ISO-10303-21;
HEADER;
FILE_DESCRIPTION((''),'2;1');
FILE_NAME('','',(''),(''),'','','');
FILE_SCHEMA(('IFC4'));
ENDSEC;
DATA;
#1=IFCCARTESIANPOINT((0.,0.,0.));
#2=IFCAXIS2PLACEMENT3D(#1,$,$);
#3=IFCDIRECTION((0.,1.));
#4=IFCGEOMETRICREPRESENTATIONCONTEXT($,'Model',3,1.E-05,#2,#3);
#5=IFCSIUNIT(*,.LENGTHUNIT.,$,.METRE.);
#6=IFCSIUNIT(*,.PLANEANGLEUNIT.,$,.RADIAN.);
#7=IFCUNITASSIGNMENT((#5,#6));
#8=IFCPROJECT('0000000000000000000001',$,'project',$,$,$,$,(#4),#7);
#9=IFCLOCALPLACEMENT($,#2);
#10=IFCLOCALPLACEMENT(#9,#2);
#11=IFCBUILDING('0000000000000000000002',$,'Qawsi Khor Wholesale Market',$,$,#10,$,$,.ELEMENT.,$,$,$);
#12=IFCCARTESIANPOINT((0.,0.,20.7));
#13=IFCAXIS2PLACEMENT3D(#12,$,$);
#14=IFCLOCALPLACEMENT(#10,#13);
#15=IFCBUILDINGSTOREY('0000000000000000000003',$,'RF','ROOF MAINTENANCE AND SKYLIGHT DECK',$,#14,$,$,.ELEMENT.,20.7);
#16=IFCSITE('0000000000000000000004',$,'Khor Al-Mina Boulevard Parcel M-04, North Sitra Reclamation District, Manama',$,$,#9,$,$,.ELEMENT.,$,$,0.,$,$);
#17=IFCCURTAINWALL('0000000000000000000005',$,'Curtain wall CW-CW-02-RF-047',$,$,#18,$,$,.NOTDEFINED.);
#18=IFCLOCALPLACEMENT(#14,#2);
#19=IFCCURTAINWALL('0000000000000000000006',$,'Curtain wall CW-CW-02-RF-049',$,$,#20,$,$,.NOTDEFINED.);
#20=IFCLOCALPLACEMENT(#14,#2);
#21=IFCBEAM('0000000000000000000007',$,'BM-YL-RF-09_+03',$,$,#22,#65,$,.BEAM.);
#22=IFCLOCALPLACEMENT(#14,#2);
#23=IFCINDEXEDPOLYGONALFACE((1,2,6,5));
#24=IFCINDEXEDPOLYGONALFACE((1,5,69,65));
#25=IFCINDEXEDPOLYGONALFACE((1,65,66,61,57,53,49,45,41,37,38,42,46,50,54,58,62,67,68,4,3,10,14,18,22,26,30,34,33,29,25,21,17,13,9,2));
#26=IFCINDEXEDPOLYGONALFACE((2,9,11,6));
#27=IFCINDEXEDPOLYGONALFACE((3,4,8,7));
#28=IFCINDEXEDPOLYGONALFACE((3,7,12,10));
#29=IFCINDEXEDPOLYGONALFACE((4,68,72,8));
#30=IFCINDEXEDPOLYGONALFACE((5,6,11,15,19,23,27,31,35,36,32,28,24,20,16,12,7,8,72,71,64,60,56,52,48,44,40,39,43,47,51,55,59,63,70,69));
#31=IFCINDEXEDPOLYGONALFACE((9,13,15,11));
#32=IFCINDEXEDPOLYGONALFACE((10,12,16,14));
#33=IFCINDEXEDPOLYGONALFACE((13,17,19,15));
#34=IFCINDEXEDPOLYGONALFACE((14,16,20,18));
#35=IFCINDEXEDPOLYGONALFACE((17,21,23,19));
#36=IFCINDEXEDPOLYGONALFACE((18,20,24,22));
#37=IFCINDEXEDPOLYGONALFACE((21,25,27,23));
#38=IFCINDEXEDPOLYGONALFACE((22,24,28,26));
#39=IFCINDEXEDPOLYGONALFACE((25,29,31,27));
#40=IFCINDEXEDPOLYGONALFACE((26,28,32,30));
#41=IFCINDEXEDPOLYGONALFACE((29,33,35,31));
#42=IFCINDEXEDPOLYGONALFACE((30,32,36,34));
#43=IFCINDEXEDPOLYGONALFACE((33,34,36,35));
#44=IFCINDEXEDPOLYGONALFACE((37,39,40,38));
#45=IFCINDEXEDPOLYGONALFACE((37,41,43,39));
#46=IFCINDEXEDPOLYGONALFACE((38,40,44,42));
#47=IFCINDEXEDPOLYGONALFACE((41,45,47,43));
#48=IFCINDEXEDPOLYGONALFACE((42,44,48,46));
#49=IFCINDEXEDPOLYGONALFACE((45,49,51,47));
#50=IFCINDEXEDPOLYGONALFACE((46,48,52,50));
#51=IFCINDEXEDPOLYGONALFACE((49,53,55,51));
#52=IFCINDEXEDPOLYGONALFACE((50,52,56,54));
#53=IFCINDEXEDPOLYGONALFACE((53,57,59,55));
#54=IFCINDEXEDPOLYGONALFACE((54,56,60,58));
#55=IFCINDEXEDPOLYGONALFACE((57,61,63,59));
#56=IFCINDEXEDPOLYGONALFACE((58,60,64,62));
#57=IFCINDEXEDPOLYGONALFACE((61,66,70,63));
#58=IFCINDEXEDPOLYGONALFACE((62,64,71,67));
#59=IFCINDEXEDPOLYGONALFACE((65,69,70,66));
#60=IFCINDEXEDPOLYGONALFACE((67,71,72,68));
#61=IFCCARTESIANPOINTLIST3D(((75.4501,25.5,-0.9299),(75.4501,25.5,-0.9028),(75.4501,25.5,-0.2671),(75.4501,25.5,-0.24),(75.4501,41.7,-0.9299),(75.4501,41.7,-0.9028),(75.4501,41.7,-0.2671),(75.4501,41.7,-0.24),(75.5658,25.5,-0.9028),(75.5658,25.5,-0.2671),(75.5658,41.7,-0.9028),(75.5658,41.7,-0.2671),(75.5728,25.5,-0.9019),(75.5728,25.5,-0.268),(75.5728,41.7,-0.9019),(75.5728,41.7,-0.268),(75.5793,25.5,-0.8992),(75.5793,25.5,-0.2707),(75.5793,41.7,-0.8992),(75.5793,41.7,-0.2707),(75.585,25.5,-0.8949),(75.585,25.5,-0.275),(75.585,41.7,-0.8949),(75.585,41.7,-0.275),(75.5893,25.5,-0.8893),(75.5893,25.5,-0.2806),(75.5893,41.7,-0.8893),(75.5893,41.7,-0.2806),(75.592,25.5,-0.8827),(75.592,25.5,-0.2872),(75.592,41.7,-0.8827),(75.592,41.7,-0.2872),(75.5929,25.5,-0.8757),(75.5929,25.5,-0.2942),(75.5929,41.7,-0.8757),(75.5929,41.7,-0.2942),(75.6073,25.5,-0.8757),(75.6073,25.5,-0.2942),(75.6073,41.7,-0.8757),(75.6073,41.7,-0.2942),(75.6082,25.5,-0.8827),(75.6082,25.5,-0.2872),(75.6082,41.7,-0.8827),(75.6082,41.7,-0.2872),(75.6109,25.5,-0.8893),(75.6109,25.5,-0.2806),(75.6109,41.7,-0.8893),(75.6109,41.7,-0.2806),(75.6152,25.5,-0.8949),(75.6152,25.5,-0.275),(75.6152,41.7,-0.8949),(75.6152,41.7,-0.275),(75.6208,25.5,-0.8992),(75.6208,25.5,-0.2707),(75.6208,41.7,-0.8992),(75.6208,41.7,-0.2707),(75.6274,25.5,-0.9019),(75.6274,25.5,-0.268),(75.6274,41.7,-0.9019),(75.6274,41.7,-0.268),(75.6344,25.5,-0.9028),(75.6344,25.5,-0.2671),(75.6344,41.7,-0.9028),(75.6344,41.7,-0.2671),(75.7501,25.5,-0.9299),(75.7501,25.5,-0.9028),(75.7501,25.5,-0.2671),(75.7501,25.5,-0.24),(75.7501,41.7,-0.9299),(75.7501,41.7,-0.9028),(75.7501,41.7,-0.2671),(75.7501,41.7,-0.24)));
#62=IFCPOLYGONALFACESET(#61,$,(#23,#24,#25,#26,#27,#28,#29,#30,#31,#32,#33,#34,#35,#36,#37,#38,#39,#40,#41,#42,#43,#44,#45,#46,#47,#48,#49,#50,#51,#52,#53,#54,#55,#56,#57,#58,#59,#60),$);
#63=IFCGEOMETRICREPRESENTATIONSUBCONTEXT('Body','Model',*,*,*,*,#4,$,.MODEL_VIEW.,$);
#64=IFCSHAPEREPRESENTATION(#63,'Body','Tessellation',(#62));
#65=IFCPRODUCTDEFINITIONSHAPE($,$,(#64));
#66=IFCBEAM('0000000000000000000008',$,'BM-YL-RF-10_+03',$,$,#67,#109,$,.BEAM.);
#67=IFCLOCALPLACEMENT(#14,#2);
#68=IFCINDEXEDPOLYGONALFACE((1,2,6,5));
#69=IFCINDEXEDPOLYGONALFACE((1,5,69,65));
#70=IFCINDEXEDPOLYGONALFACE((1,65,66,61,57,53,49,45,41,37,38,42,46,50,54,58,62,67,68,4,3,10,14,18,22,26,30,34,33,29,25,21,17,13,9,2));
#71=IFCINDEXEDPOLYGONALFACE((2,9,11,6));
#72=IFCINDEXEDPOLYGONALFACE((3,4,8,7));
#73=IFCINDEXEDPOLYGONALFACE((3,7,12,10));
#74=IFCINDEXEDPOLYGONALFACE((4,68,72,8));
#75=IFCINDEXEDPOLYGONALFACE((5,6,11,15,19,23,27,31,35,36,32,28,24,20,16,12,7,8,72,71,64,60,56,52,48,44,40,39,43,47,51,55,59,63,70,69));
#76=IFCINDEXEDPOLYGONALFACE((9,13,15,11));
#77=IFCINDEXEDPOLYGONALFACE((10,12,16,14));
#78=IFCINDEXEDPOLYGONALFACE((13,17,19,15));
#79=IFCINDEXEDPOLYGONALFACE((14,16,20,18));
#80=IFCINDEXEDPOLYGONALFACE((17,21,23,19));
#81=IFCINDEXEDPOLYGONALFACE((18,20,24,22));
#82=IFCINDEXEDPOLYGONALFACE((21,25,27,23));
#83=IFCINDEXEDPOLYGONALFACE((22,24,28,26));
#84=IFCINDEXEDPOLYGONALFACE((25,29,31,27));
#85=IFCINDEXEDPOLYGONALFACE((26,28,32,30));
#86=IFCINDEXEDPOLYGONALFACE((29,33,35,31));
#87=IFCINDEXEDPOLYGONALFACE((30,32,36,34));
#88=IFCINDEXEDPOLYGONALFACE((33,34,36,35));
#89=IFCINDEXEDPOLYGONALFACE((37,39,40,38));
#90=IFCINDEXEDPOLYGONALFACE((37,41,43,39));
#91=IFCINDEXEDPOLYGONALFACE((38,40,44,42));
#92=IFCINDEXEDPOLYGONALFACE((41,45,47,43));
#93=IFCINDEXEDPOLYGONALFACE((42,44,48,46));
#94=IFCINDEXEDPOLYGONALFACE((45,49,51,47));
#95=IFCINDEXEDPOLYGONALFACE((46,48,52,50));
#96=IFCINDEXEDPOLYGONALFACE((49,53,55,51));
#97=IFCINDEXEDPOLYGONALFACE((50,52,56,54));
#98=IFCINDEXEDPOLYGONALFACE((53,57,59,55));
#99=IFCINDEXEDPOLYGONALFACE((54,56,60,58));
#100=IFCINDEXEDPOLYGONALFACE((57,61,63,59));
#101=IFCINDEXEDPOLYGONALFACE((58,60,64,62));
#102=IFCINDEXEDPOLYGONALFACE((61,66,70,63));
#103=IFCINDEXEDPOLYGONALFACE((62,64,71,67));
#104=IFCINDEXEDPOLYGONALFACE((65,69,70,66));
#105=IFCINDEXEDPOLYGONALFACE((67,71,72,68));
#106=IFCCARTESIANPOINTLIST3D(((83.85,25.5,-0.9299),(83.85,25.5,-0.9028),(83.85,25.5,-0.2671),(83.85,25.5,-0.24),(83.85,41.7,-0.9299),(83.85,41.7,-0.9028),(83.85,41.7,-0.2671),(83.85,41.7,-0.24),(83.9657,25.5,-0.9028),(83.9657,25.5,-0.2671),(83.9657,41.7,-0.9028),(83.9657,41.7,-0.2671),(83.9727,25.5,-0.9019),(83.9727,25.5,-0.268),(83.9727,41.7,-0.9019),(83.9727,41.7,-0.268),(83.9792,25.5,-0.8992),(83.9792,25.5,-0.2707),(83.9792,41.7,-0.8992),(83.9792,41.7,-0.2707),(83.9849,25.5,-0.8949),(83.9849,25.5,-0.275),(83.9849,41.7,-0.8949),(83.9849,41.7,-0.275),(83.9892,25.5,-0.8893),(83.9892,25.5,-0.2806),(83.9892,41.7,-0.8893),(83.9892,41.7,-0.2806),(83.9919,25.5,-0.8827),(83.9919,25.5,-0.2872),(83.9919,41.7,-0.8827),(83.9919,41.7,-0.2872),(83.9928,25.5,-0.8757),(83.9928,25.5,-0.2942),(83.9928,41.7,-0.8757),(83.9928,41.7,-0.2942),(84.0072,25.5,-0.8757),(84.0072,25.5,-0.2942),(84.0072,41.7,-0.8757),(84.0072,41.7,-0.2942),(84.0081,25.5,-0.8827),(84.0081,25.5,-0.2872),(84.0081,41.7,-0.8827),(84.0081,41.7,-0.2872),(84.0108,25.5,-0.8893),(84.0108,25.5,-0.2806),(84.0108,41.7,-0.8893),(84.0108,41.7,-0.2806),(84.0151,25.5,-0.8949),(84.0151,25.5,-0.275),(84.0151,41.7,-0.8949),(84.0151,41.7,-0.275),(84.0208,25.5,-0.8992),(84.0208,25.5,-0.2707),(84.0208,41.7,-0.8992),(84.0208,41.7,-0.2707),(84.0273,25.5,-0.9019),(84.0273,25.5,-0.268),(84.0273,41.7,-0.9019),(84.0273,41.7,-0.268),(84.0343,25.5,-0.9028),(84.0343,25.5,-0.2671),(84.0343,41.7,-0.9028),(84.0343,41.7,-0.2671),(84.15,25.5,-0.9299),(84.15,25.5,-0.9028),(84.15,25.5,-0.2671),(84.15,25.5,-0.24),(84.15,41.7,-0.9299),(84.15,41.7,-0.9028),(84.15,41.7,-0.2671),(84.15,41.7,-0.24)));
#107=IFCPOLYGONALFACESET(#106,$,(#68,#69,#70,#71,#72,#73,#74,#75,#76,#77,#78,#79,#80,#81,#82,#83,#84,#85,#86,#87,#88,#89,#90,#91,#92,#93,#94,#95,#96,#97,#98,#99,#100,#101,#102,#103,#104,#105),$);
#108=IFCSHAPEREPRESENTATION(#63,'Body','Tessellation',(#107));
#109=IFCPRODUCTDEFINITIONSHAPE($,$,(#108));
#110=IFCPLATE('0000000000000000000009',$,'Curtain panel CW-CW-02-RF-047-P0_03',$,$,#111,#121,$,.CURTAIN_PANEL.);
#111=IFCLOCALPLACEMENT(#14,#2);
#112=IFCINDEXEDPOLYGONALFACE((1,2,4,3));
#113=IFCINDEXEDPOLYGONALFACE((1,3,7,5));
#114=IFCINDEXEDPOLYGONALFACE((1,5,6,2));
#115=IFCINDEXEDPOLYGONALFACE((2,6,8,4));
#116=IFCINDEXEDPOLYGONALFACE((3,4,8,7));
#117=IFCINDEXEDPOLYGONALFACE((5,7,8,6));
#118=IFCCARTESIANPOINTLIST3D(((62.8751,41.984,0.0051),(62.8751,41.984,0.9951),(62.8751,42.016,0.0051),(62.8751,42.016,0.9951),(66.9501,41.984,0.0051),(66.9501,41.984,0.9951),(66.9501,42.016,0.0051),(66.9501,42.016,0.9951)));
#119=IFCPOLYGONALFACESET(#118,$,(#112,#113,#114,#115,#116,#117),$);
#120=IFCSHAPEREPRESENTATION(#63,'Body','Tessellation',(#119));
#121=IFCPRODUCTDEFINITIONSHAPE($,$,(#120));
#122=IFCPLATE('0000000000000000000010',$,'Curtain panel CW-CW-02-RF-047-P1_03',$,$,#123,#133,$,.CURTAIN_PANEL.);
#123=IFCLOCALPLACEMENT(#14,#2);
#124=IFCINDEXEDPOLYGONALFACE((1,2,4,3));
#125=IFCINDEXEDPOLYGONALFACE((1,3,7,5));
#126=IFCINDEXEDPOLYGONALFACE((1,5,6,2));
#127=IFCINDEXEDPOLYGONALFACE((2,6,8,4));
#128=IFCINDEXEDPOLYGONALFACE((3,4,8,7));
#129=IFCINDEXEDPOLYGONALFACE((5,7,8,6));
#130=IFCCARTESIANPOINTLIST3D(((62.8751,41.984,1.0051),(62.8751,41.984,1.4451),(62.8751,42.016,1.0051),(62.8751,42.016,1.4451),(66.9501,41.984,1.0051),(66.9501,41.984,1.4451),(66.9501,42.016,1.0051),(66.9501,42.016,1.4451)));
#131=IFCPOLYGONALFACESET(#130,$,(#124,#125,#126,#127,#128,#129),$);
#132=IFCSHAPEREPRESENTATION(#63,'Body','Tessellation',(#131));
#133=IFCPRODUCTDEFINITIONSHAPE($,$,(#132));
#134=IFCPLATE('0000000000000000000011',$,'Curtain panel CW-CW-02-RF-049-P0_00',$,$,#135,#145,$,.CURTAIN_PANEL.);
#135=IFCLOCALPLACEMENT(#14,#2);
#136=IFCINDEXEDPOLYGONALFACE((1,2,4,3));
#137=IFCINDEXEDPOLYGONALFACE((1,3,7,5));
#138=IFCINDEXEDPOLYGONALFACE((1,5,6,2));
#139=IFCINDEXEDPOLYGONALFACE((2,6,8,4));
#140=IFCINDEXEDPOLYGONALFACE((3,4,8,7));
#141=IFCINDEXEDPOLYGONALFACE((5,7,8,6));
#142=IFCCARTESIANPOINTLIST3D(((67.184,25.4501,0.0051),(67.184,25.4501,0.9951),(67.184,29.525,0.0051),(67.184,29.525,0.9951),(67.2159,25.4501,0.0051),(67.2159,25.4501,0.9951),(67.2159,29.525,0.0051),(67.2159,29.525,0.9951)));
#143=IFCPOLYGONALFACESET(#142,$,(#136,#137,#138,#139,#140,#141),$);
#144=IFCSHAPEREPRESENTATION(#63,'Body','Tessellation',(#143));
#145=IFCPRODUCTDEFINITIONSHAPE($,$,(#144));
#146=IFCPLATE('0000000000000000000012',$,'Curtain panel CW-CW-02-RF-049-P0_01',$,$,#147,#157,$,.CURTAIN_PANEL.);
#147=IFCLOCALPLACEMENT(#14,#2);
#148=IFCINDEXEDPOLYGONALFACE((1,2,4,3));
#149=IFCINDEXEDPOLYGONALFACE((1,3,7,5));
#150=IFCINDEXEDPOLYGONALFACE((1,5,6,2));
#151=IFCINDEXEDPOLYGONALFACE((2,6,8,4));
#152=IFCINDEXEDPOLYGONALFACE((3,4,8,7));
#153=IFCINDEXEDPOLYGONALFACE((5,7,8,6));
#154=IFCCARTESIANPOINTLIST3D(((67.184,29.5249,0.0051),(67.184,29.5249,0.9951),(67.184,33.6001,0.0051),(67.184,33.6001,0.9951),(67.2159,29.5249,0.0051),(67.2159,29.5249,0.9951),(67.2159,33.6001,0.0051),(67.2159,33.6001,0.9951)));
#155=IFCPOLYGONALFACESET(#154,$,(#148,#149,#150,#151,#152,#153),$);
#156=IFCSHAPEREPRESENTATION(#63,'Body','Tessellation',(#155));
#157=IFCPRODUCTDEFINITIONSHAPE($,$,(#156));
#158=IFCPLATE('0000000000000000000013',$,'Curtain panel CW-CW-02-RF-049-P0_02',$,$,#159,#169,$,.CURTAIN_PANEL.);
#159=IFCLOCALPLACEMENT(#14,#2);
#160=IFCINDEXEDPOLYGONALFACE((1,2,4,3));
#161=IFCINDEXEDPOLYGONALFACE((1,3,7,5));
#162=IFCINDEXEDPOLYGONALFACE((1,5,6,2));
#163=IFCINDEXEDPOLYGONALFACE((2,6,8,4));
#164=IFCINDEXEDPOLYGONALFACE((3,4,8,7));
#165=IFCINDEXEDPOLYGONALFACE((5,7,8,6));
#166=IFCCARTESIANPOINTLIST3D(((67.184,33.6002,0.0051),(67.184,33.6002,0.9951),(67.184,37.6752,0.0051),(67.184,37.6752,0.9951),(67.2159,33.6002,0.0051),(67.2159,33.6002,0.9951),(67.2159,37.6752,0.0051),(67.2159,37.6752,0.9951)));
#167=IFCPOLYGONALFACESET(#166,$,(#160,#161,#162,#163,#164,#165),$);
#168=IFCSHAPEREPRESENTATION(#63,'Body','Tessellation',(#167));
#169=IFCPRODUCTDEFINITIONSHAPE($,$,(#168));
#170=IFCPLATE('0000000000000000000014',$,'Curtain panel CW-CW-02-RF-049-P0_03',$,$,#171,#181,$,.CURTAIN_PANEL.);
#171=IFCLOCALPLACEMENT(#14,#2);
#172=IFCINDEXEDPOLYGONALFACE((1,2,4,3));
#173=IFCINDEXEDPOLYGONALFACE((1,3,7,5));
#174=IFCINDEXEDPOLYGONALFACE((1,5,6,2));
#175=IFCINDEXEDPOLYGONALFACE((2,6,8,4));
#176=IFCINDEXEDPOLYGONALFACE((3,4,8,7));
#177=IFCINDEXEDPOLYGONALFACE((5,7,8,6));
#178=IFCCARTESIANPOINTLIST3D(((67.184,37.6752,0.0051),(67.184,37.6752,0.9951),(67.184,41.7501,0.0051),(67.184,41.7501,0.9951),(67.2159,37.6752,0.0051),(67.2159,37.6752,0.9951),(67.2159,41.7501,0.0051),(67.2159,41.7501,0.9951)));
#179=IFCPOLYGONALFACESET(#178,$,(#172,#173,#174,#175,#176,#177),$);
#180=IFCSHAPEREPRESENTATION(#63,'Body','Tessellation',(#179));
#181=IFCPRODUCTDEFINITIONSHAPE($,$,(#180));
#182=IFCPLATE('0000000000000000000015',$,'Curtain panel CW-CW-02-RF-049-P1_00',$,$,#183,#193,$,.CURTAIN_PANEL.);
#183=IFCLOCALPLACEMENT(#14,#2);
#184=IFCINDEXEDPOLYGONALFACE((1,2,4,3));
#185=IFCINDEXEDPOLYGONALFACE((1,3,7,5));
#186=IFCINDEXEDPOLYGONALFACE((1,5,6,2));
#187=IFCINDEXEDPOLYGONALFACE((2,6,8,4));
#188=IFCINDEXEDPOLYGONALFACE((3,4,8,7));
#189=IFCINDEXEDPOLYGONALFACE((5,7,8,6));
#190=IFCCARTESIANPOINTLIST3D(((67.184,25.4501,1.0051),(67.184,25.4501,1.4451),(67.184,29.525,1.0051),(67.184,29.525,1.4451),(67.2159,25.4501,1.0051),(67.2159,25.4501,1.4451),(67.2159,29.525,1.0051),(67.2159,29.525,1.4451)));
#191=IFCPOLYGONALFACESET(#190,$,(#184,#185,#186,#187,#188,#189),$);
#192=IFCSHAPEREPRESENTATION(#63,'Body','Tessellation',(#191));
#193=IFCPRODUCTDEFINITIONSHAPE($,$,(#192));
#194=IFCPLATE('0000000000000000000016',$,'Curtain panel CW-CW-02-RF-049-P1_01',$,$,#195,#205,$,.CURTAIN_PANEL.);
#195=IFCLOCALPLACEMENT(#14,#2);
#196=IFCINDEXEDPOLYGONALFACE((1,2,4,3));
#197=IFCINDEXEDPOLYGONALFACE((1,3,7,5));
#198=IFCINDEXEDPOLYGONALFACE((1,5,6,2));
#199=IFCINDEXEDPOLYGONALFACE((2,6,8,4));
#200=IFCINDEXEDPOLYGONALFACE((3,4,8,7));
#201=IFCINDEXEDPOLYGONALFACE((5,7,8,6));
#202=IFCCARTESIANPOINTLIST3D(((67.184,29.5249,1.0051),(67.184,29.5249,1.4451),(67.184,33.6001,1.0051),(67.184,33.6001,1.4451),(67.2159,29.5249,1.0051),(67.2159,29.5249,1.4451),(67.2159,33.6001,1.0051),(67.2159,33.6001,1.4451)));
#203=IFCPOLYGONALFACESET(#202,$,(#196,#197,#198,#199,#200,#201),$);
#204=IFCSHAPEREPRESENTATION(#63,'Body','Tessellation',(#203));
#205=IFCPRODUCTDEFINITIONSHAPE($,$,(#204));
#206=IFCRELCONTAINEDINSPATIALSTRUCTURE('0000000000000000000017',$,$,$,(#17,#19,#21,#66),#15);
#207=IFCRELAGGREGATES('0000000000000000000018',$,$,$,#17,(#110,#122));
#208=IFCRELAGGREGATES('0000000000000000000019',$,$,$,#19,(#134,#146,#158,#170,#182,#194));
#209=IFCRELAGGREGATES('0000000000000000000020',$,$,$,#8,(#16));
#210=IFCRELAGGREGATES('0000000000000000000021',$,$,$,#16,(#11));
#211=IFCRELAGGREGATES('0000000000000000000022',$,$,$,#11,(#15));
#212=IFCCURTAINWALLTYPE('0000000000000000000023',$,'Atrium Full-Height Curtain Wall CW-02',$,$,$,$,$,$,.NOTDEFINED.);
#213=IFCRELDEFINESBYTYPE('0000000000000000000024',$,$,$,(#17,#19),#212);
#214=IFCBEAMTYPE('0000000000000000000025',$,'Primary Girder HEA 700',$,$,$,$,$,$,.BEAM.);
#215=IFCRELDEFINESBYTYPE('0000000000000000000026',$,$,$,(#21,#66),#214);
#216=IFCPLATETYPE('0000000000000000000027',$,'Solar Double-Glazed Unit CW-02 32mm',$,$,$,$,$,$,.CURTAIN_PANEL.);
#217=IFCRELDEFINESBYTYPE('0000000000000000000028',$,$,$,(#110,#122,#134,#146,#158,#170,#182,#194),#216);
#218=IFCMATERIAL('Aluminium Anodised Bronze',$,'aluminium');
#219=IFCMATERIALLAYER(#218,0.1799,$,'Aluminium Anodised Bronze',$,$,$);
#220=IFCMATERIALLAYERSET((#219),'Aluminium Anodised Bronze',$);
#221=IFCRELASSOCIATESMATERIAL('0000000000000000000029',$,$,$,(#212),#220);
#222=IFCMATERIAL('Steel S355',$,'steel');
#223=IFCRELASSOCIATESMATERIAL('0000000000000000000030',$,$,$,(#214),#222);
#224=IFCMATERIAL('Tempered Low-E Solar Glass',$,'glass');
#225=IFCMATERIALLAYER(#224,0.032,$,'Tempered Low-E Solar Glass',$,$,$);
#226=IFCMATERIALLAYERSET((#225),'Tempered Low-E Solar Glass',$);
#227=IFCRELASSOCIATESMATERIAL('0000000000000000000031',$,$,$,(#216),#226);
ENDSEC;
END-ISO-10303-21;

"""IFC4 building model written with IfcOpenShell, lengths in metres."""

from ifc_helpers import new_model, si_unit, direction, frame, frame_2d, origin, origin_2d, place, context, subcontext, project, spatial, rectangle, i_section, extrude, material, layer, layer_set, material_profile, profile_set, type_object, element, aggregate, save


model = new_model("IFC4")

# Units and contexts
model_context = context("Model", 3, precision=1e-05, world=origin(), true_north=direction((0.0, 1.0)))
body_context = subcontext(model_context, "Body", "Model", "MODEL_VIEW")
ifc_project = project(units=[si_unit("LENGTHUNIT", "METRE"), si_unit("PLANEANGLEUNIT", "RADIAN")], contexts=[model_context])

# Site, building, storey
site_placement = place(None, origin())
site = spatial("IfcSite", under=ifc_project, at=site_placement, Name="Khor Al-Mina Boulevard Parcel M-04, North Sitra Reclamation District, Manama", CompositionType="ELEMENT", RefElevation=0.0)
building_placement = place(site_placement, origin())
building = spatial("IfcBuilding", under=site, at=building_placement, Name="Qawsi Khor Wholesale Market", CompositionType="ELEMENT")
storey_placement = place(building_placement, frame((0.0, 0.0, 20.7)))
storey = spatial("IfcBuildingStorey", under=building, at=storey_placement, Name="RF", Description="ROOF MAINTENANCE AND SKYLIGHT DECK", CompositionType="ELEMENT", Elevation=20.7)

# Curtain walls
ifc_material_1 = material(Name="Aluminium Anodised Bronze", Category="aluminium")
ifc_layer_1 = layer(ifc_material_1, 0.1799, Name="Aluminium Anodised Bronze")
ifc_layer_set_1 = layer_set([ifc_layer_1], Name="Aluminium Anodised Bronze")
curtain_wall_type = type_object("IfcCurtainWallType", Name="Atrium Full-Height Curtain Wall CW-02", PredefinedType="NOTDEFINED", material=ifc_layer_set_1)
curtain_wall_1_placement = place(storey_placement, origin())
curtain_wall_1 = element("IfcCurtainWall", 1, at=curtain_wall_1_placement, inside=storey, type_object=curtain_wall_type, Name="Curtain wall CW-CW-02-RF-047", PredefinedType="NOTDEFINED")
curtain_wall_2_placement = place(storey_placement, origin())
curtain_wall_2 = element("IfcCurtainWall", 2, at=curtain_wall_2_placement, inside=storey, type_object=curtain_wall_type, Name="Curtain wall CW-CW-02-RF-049", PredefinedType="NOTDEFINED")

# Shared definitions
ifc_material_2 = material(Name="Steel S355", Category="steel")

# Beams
ifc_material_profile_1 = material_profile(ifc_material_2, i_section(OverallWidth=0.3, OverallDepth=0.6899, WebThickness=0.0144, FlangeThickness=0.0271, FilletRadius=0.0271, at=origin_2d()), Name="HEA 700")
ifc_profile_set_1 = profile_set([ifc_material_profile_1], Name="Steel S355")
beam_type_1 = type_object("IfcBeamType", Name="Primary Girder HEA 700", PredefinedType="BEAM", material=ifc_profile_set_1)
for number, where, z_axis, x_axis, name in (
    (3, (75.6001, 25.5, -0.585), (0.0, 1.0, 0.0), (-1.0, 0.0, 0.0), "BM-YL-RF-09_+03"),
    (4, (84.0, 25.5, -0.585), (0.0, 1.0, 0.0), (-1.0, 0.0, 0.0), "BM-YL-RF-10_+03"),
):
    element("IfcBeam", number, at=place(storey_placement, frame(where, z_axis=z_axis, x_axis=x_axis)), inside=storey, type_object=beam_type_1, Name=name, PredefinedType="BEAM", context=body_context, shape_type="SweptSolid", body=[
        extrude(i_section(OverallWidth=0.3, OverallDepth=0.6899, WebThickness=0.0144, FlangeThickness=0.0271, FilletRadius=0.0271, at=origin_2d()), origin(), (0.0, 0.0, 1.0), 16.2),
    ])

# Plates
ifc_material_3 = material(Name="Tempered Low-E Solar Glass", Category="glass")
ifc_layer_2 = layer(ifc_material_3, 0.032, Name="Tempered Low-E Solar Glass")
ifc_layer_set_2 = layer_set([ifc_layer_2], Name="Tempered Low-E Solar Glass")
plate_type = type_object("IfcPlateType", Name="Solar Double-Glazed Unit CW-02 32mm", PredefinedType="CURTAIN_PANEL", material=ifc_layer_set_2)
plate_1_placement = place(storey_placement, frame((62.875, 42.0, 0.0051), z_axis=(0.0, 0.0, 1.0), x_axis=(1.0, 0.0, 0.0)))
plate_1 = element("IfcPlate", 5, at=plate_1_placement, type_object=plate_type, Name="Curtain panel CW-CW-02-RF-047-P0_03", PredefinedType="CURTAIN_PANEL", context=body_context, shape_type="SweptSolid", body=[
    extrude(rectangle(XDim=4.075, YDim=0.032, at=frame_2d((2.0376, 0.0))), origin(), (0.0, 0.0, 1.0), 0.99),
])
plate_2_placement = place(storey_placement, frame((62.875, 42.0, 1.0051), z_axis=(0.0, 0.0, 1.0), x_axis=(1.0, 0.0, 0.0)))
plate_2 = element("IfcPlate", 6, at=plate_2_placement, type_object=plate_type, Name="Curtain panel CW-CW-02-RF-047-P1_03", PredefinedType="CURTAIN_PANEL", context=body_context, shape_type="SweptSolid", body=[
    extrude(rectangle(XDim=4.075, YDim=0.032, at=frame_2d((2.0376, 0.0))), origin(), (0.0, 0.0, 1.0), 0.4399),
])
aggregate(curtain_wall_1, [plate_1, plate_2])
plate_3_placement = place(storey_placement, frame((67.2, 25.45, 0.0051), z_axis=(0.0, 0.0, 1.0), x_axis=(0.0, 1.0, 0.0)))
plate_3 = element("IfcPlate", 7, at=plate_3_placement, type_object=plate_type, Name="Curtain panel CW-CW-02-RF-049-P0_00", PredefinedType="CURTAIN_PANEL", context=body_context, shape_type="SweptSolid", body=[
    extrude(rectangle(XDim=4.075, YDim=0.032, at=frame_2d((2.0376, 0.0))), origin(), (0.0, 0.0, 1.0), 0.99),
])
plate_4_placement = place(storey_placement, frame((67.2, 29.5249, 0.0051), z_axis=(0.0, 0.0, 1.0), x_axis=(0.0, 1.0, 0.0)))
plate_4 = element("IfcPlate", 8, at=plate_4_placement, type_object=plate_type, Name="Curtain panel CW-CW-02-RF-049-P0_01", PredefinedType="CURTAIN_PANEL", context=body_context, shape_type="SweptSolid", body=[
    extrude(rectangle(XDim=4.0752, YDim=0.032, at=frame_2d((2.0376, 0.0))), origin(), (0.0, 0.0, 1.0), 0.99),
])
plate_5_placement = place(storey_placement, frame((67.2, 33.6001, 0.0051), z_axis=(0.0, 0.0, 1.0), x_axis=(0.0, 1.0, 0.0)))
plate_5 = element("IfcPlate", 9, at=plate_5_placement, type_object=plate_type, Name="Curtain panel CW-CW-02-RF-049-P0_02", PredefinedType="CURTAIN_PANEL", context=body_context, shape_type="SweptSolid", body=[
    extrude(rectangle(XDim=4.075, YDim=0.032, at=frame_2d((2.0376, 0.0))), origin(), (0.0, 0.0, 1.0), 0.99),
])
plate_6_placement = place(storey_placement, frame((67.2, 37.675, 0.0051), z_axis=(0.0, 0.0, 1.0), x_axis=(0.0, 1.0, 0.0)))
plate_6 = element("IfcPlate", 10, at=plate_6_placement, type_object=plate_type, Name="Curtain panel CW-CW-02-RF-049-P0_03", PredefinedType="CURTAIN_PANEL", context=body_context, shape_type="SweptSolid", body=[
    extrude(rectangle(XDim=4.075, YDim=0.032, at=frame_2d((2.0376, 0.0))), origin(), (0.0, 0.0, 1.0), 0.99),
])
plate_7_placement = place(storey_placement, frame((67.2, 25.45, 1.0051), z_axis=(0.0, 0.0, 1.0), x_axis=(0.0, 1.0, 0.0)))
plate_7 = element("IfcPlate", 11, at=plate_7_placement, type_object=plate_type, Name="Curtain panel CW-CW-02-RF-049-P1_00", PredefinedType="CURTAIN_PANEL", context=body_context, shape_type="SweptSolid", body=[
    extrude(rectangle(XDim=4.075, YDim=0.032, at=frame_2d((2.0376, 0.0))), origin(), (0.0, 0.0, 1.0), 0.4399),
])
plate_8_placement = place(storey_placement, frame((67.2, 29.5249, 1.0051), z_axis=(0.0, 0.0, 1.0), x_axis=(0.0, 1.0, 0.0)))
plate_8 = element("IfcPlate", 12, at=plate_8_placement, type_object=plate_type, Name="Curtain panel CW-CW-02-RF-049-P1_01", PredefinedType="CURTAIN_PANEL", context=body_context, shape_type="SweptSolid", body=[
    extrude(rectangle(XDim=4.0752, YDim=0.032, at=frame_2d((2.0376, 0.0))), origin(), (0.0, 0.0, 1.0), 0.4399),
])
aggregate(curtain_wall_2, [plate_3, plate_4, plate_5, plate_6, plate_7, plate_8])

save(model, "model.ifc")
